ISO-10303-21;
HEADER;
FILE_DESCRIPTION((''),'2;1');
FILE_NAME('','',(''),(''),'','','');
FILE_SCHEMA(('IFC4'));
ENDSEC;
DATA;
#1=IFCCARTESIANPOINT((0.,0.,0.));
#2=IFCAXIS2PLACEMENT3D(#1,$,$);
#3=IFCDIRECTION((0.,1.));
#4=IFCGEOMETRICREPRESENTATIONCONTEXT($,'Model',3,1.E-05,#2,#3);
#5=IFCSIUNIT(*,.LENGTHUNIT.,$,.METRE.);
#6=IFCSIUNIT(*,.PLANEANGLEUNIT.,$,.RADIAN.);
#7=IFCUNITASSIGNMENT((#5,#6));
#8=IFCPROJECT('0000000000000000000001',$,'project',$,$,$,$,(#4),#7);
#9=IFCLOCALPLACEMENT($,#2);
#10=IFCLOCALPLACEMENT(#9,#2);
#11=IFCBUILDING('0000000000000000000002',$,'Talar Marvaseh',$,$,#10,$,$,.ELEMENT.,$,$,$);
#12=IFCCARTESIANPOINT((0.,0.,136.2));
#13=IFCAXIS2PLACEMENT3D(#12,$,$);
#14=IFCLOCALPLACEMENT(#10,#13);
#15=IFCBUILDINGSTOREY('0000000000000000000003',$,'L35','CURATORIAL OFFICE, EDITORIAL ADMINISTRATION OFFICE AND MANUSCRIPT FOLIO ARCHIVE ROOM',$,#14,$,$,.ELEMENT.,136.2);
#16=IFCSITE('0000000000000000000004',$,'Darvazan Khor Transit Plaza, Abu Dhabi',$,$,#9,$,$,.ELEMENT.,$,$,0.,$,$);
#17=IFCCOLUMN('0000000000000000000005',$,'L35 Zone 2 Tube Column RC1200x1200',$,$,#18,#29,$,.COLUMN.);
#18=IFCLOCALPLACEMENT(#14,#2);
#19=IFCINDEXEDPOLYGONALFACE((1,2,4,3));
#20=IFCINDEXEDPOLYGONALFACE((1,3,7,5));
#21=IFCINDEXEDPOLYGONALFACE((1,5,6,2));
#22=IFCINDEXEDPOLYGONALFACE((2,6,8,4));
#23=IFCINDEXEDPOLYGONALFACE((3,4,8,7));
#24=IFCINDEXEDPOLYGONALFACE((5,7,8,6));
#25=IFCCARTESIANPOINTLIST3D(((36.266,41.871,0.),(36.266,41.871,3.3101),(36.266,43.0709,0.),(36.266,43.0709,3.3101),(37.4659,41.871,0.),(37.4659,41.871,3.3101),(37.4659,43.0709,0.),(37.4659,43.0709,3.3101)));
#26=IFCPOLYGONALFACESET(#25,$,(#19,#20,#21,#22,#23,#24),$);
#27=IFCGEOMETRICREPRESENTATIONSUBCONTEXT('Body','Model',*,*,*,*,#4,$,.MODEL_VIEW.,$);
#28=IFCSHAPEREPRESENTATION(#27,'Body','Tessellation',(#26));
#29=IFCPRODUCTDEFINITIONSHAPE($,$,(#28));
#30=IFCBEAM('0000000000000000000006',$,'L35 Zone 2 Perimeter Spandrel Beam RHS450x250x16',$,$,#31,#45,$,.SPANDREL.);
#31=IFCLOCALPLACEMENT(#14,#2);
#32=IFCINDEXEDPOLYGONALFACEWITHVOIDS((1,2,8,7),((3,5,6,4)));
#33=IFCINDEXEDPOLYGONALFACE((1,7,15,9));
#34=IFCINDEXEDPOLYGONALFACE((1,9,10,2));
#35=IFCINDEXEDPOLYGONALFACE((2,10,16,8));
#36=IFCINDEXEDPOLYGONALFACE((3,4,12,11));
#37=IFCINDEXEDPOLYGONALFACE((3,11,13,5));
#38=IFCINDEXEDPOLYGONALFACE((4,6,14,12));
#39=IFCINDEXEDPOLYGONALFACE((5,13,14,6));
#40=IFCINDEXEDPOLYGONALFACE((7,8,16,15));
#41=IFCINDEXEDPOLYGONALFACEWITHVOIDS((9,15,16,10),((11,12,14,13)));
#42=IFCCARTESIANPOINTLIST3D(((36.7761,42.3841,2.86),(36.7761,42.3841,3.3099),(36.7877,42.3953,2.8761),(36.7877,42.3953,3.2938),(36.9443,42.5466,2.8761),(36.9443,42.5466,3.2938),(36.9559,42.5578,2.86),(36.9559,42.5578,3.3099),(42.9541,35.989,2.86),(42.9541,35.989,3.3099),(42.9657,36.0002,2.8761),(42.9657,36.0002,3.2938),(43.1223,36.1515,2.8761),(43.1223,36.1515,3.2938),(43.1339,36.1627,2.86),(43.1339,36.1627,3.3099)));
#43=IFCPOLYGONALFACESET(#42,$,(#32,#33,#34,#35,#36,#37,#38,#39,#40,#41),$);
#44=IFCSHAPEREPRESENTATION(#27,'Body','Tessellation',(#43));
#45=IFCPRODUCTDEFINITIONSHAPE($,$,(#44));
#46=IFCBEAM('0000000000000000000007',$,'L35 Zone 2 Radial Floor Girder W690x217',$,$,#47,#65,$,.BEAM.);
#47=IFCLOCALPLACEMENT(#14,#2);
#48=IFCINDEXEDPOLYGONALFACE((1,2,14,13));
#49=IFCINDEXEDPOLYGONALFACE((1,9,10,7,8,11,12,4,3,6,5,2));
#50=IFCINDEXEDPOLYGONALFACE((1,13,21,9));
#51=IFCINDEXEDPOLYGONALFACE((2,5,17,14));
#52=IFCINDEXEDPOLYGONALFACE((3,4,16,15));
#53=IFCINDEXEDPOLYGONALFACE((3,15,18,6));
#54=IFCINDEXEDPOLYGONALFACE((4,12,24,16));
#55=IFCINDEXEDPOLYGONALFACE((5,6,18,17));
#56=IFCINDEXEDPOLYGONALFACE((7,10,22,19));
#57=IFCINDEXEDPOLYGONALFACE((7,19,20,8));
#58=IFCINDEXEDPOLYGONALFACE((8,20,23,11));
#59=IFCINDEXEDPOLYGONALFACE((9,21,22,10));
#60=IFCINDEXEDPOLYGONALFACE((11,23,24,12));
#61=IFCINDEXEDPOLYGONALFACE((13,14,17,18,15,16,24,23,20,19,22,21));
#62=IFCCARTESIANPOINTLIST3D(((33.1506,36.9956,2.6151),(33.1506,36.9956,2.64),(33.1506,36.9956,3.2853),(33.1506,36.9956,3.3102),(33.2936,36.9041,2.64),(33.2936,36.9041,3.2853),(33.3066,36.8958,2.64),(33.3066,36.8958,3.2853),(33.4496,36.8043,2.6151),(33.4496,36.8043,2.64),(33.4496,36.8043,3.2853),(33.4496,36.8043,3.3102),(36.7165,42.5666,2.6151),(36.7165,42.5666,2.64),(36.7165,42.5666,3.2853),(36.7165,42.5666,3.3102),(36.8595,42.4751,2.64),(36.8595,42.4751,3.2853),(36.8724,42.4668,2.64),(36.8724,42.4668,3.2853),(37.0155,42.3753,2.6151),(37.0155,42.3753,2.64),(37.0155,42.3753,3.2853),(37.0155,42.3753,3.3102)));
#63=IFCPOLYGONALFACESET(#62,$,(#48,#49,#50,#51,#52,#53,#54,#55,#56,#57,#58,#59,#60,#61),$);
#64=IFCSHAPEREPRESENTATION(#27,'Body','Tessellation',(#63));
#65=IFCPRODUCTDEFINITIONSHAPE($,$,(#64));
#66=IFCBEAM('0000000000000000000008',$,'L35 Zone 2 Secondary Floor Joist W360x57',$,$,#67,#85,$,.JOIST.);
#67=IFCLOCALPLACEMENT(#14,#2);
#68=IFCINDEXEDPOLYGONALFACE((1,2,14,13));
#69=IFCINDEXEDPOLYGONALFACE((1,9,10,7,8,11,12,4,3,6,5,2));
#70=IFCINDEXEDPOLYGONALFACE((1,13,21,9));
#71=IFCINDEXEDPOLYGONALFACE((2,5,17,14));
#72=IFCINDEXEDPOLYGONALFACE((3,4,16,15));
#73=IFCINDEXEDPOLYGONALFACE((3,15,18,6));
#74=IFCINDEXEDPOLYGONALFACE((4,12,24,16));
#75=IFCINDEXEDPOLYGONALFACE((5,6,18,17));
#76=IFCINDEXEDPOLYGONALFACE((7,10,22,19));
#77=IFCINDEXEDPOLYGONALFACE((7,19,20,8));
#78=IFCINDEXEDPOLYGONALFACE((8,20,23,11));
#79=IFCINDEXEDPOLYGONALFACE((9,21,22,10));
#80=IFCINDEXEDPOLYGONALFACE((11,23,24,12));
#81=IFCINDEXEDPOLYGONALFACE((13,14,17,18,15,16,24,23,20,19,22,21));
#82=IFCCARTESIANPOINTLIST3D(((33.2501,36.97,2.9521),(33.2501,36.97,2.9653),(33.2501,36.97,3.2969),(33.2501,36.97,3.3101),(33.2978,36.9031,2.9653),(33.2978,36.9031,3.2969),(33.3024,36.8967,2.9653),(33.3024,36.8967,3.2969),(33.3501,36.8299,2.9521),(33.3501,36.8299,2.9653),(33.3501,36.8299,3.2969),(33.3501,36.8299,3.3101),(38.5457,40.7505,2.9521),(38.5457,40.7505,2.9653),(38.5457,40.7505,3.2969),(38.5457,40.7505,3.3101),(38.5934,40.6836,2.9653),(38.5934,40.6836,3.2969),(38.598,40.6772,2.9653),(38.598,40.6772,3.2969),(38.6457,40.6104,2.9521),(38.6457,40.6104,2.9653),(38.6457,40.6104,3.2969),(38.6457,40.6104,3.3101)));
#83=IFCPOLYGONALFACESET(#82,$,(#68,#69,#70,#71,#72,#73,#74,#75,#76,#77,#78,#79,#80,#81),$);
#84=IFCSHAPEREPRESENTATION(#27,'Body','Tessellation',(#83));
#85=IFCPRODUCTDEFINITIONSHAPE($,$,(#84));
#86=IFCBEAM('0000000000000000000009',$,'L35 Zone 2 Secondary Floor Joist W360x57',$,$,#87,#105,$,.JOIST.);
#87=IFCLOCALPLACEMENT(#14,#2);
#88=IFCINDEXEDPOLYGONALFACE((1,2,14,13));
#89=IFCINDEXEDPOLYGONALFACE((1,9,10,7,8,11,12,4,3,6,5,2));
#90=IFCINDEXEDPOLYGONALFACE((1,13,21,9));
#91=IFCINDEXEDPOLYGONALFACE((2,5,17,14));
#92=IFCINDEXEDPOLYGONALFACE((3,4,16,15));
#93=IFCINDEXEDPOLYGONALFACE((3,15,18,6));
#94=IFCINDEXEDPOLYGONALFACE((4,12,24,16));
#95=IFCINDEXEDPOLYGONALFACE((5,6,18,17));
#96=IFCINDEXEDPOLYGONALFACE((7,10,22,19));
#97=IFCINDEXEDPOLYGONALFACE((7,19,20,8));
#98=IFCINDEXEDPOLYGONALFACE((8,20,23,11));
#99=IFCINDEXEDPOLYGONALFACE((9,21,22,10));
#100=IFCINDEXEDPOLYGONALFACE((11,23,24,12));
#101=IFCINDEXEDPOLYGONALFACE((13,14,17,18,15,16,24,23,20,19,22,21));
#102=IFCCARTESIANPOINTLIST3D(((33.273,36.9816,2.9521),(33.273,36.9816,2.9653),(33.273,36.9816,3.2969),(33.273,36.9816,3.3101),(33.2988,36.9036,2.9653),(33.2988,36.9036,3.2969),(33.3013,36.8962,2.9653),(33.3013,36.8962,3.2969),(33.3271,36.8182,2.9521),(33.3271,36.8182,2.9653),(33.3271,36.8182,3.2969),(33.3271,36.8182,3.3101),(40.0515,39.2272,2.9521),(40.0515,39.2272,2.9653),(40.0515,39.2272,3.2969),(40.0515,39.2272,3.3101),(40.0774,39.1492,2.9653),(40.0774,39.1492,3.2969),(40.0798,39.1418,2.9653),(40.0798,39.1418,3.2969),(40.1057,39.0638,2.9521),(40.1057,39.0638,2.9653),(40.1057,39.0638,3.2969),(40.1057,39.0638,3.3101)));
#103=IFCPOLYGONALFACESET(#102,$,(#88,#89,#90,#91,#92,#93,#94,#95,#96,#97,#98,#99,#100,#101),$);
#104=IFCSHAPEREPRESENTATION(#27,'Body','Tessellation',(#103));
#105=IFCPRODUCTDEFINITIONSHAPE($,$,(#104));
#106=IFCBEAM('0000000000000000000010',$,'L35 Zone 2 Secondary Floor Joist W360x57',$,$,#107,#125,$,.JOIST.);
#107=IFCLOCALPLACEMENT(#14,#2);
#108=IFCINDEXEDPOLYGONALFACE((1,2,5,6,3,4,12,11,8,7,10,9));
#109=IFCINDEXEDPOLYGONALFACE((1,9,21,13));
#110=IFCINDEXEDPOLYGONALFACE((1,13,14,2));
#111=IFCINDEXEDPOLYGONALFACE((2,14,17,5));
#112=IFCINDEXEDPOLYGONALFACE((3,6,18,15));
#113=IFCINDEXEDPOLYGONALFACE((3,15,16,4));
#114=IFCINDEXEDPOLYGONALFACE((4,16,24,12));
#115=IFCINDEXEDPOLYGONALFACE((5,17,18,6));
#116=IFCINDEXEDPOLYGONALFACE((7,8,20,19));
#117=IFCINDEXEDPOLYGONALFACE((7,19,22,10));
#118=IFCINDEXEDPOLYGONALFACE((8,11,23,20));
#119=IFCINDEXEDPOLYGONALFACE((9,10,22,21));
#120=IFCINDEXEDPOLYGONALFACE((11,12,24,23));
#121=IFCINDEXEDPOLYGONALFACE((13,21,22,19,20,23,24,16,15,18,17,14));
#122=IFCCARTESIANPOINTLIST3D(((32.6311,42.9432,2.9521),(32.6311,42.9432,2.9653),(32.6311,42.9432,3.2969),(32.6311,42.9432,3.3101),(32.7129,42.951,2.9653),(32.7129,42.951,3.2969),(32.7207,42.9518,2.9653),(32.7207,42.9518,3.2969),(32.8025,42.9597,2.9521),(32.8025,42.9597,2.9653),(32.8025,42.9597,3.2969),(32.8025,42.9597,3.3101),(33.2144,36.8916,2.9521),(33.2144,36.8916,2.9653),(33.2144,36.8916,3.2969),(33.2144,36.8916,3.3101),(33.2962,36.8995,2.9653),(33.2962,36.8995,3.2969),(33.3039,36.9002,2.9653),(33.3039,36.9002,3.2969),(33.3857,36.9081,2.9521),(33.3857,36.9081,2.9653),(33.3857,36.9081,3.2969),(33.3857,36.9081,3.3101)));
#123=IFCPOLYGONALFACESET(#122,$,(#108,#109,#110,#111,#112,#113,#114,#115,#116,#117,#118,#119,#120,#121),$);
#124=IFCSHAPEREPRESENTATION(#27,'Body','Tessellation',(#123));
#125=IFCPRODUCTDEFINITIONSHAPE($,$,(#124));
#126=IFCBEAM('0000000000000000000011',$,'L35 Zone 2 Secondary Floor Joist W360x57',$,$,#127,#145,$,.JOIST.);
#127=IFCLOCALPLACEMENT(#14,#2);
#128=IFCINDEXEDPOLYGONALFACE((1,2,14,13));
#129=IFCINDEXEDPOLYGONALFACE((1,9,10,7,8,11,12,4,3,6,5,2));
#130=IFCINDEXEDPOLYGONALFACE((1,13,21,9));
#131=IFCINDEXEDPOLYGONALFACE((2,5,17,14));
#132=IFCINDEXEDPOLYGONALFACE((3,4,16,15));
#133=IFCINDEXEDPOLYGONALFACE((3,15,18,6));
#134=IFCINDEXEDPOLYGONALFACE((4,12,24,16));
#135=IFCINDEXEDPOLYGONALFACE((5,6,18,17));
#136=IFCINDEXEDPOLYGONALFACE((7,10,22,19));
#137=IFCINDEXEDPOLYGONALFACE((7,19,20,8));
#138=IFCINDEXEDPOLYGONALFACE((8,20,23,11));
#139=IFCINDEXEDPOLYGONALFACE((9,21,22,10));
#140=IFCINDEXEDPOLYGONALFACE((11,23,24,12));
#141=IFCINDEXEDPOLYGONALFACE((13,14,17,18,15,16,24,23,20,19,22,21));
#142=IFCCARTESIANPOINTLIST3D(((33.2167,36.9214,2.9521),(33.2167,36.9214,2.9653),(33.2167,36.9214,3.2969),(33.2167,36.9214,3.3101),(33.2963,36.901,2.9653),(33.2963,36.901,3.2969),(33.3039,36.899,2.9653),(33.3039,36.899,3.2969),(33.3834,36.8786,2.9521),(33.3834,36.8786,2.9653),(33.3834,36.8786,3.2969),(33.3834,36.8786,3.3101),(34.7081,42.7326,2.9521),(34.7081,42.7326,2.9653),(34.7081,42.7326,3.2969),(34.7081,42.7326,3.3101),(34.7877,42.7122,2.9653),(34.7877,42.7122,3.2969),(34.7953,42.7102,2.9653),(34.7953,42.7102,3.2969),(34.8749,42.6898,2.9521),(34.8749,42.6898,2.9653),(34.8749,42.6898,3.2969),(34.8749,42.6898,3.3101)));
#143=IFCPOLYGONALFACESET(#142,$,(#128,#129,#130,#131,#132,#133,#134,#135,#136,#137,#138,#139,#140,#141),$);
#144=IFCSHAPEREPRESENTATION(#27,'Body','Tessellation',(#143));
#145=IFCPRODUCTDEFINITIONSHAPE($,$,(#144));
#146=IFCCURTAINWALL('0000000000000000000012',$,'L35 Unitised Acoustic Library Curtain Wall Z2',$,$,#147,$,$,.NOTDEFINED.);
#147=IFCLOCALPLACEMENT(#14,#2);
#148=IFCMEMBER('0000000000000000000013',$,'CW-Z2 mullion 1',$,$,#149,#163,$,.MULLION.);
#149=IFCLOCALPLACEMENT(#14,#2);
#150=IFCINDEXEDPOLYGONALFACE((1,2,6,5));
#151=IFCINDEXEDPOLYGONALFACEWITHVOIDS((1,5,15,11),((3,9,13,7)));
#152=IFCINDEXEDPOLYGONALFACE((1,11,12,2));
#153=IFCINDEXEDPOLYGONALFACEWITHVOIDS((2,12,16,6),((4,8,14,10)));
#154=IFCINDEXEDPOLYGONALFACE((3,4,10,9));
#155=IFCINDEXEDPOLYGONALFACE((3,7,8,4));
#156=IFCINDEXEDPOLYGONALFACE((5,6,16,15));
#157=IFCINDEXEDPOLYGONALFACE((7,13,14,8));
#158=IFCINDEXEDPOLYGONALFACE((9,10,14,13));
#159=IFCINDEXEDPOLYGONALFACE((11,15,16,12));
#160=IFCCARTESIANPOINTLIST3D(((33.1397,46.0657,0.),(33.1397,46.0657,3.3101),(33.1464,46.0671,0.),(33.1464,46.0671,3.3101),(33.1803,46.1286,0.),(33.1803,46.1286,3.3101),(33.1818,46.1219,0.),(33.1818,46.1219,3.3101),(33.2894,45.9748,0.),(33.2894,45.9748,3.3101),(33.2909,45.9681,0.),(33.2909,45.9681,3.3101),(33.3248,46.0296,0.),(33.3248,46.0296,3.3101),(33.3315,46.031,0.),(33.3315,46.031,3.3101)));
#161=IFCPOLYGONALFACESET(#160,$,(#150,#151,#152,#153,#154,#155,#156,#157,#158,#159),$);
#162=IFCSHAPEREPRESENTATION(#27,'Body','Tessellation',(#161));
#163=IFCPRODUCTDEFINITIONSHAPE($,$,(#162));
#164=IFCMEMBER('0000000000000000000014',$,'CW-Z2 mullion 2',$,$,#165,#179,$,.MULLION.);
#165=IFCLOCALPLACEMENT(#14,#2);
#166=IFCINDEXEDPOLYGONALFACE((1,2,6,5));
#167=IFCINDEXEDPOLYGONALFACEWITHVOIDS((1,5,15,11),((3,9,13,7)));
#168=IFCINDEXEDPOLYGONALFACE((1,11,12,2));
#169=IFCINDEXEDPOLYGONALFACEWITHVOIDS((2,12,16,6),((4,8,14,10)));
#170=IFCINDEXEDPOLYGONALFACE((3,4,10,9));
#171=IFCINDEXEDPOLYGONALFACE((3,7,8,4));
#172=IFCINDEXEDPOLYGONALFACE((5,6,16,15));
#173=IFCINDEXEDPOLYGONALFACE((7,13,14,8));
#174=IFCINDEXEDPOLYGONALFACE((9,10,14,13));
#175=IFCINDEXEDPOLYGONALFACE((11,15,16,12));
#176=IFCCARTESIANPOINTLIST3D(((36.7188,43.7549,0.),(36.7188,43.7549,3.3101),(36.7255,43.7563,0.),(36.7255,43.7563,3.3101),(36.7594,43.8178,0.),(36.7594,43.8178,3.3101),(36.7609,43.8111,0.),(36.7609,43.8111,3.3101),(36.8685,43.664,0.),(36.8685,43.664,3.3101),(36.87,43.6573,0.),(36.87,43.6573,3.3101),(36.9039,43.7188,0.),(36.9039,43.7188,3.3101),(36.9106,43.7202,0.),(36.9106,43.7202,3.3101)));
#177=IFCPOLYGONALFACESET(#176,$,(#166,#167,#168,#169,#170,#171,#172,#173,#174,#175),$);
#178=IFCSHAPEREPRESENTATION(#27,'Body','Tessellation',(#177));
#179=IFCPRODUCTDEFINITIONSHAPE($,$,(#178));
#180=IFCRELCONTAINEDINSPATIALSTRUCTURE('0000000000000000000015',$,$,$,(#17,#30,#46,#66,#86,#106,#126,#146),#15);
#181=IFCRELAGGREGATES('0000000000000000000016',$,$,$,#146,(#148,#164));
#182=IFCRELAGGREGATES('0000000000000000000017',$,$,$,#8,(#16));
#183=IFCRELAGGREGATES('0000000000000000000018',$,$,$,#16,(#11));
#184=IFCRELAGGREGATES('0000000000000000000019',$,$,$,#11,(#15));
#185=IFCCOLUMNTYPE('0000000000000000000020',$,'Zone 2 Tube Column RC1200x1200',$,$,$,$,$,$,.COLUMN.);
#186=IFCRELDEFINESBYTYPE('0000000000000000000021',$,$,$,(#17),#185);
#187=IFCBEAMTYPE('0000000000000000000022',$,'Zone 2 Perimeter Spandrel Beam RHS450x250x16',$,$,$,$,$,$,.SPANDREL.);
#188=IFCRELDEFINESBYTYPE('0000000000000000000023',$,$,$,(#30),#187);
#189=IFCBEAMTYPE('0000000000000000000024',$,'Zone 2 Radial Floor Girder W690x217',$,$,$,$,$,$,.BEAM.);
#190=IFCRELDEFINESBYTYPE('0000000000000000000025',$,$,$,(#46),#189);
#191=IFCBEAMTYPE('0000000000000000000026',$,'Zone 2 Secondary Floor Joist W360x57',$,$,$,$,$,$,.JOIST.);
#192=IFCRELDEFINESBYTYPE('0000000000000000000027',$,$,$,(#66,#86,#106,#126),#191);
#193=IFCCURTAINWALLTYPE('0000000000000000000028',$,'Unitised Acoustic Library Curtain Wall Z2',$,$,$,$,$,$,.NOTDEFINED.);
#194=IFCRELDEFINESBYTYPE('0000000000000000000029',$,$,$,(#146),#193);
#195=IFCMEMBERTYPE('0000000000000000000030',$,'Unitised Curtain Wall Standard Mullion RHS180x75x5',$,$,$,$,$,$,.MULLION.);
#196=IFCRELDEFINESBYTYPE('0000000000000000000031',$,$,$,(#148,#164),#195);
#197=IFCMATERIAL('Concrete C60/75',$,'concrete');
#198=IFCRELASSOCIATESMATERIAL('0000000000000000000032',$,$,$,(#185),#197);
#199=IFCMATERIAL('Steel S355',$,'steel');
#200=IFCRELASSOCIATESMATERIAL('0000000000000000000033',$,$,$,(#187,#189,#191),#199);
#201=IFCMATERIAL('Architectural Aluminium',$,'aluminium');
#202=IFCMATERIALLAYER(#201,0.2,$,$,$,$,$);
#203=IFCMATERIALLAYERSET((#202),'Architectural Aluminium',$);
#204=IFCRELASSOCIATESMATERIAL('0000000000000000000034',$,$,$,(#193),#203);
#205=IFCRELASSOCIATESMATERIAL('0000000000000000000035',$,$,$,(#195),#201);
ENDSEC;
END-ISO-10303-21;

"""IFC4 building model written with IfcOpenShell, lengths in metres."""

from ifc_helpers import new_model, si_unit, direction, frame, origin, origin_2d, place, context, subcontext, project, spatial, rectangle, hollow_rectangle, i_section, extrude, source, transform, mapped, material, layer, layer_set, material_profile, profile_set, type_object, type_shapes, element, aggregate, save


model = new_model("IFC4")

# Units and contexts
model_context = context("Model", 3, precision=1e-05, world=origin(), true_north=direction((0.0, 1.0)))
body_context = subcontext(model_context, "Body", "Model", "MODEL_VIEW")
ifc_project = project(units=[si_unit("LENGTHUNIT", "METRE"), si_unit("PLANEANGLEUNIT", "RADIAN")], contexts=[model_context])

# Site, building, storey
site_placement = place(None, origin())
site = spatial("IfcSite", under=ifc_project, at=site_placement, Name="Darvazan Khor Transit Plaza, Abu Dhabi", CompositionType="ELEMENT", RefElevation=0.0)
building_placement = place(site_placement, origin())
building = spatial("IfcBuilding", under=site, at=building_placement, Name="Talar Marvaseh", CompositionType="ELEMENT")
storey_placement = place(building_placement, frame((0.0, 0.0, 136.2)))
storey = spatial("IfcBuildingStorey", under=building, at=storey_placement, Name="L35", Description="CURATORIAL OFFICE, EDITORIAL ADMINISTRATION OFFICE AND MANUSCRIPT FOLIO ARCHIVE ROOM", CompositionType="ELEMENT", Elevation=136.2)

# Column
ifc_material_1 = material(Name="Concrete C60/75", Category="concrete")
ifc_material_profile_1 = material_profile(ifc_material_1, rectangle(XDim=1.2, YDim=1.2, at=origin_2d()), Name="RC1200x1200")
ifc_profile_set_1 = profile_set([ifc_material_profile_1], Name="Concrete C60/75")
column_type = type_object("IfcColumnType", Name="Zone 2 Tube Column RC1200x1200", PredefinedType="COLUMN", material=ifc_profile_set_1)
column_placement = place(storey_placement, frame((36.866, 42.4709, 0.0), z_axis=(0.0, 0.0, 1.0), x_axis=(1.0, 0.0, 0.0)))
element("IfcColumn", 1, at=column_placement, inside=storey, type_object=column_type, Name="L35 Zone 2 Tube Column RC1200x1200", PredefinedType="COLUMN", context=body_context, shape_type="SweptSolid", body=[
    extrude(rectangle(XDim=1.2, YDim=1.2, at=origin_2d()), origin(), (0.0, 0.0, 1.0), 3.3101),
])

# Beams
ifc_material_2 = material(Name="Steel S355", Category="steel")
ifc_material_profile_2 = material_profile(ifc_material_2, hollow_rectangle(XDim=0.25, YDim=0.45, WallThickness=0.0161, at=origin_2d()), Name="RHS450x250x16")
ifc_profile_set_2 = profile_set([ifc_material_profile_2], Name="Steel S355")
beam_type_1 = type_object("IfcBeamType", Name="Zone 2 Perimeter Spandrel Beam RHS450x250x16", PredefinedType="SPANDREL", material=ifc_profile_set_2)
beam_1_placement = place(storey_placement, frame((36.866, 42.4709, 3.085), z_axis=(0.694797, -0.719206, 0.0), x_axis=(0.719206, 0.694797, 0.0)))
element("IfcBeam", 2, at=beam_1_placement, inside=storey, type_object=beam_type_1, Name="L35 Zone 2 Perimeter Spandrel Beam RHS450x250x16", PredefinedType="SPANDREL", context=body_context, shape_type="SweptSolid", body=[
    extrude(hollow_rectangle(XDim=0.25, YDim=0.45, WallThickness=0.0161, at=origin_2d()), origin(), (0.0, 0.0, 1.0), 8.8918),
])
ifc_material_profile_3 = material_profile(ifc_material_2, i_section(OverallWidth=0.355, OverallDepth=0.6951, WebThickness=0.0154, FlangeThickness=0.0249, at=origin_2d()), Name="W690x217")
ifc_profile_set_3 = profile_set([ifc_material_profile_3], Name="Steel S355")
beam_type_2 = type_object("IfcBeamType", Name="Zone 2 Radial Floor Girder W690x217", PredefinedType="BEAM", material=ifc_profile_set_3)
beam_2_placement = place(storey_placement, frame((36.866, 42.4709, 2.9626), z_axis=(-0.539102, -0.842241, 0.0), x_axis=(0.842241, -0.539102, 0.0)))
element("IfcBeam", 3, at=beam_2_placement, inside=storey, type_object=beam_type_2, Name="L35 Zone 2 Radial Floor Girder W690x217", PredefinedType="BEAM", context=body_context, shape_type="SweptSolid", body=[
    extrude(i_section(OverallWidth=0.355, OverallDepth=0.6951, WebThickness=0.0154, FlangeThickness=0.0249, at=origin_2d()), origin(), (0.0, 0.0, 1.0), 6.6145),
])
ifc_material_profile_4 = material_profile(ifc_material_2, i_section(OverallWidth=0.1721, OverallDepth=0.3579, WebThickness=0.0078, FlangeThickness=0.0132, at=origin_2d()), Name="W360x57")
ifc_profile_set_4 = profile_set([ifc_material_profile_4], Name="Steel S355")
beam_type_3 = type_object("IfcBeamType", Name="Zone 2 Secondary Floor Joist W360x57", PredefinedType="JOIST", material=ifc_profile_set_4)
beam_3_placement = place(storey_placement, frame((38.5957, 40.6804, 3.1311), z_axis=(-0.813886, -0.581025, 0.0), x_axis=(0.581025, -0.813886, 0.0)))
element("IfcBeam", 4, at=beam_3_placement, inside=storey, type_object=beam_type_3, Name="L35 Zone 2 Secondary Floor Joist W360x57", PredefinedType="JOIST", context=body_context, shape_type="SweptSolid", body=[
    extrude(i_section(OverallWidth=0.1721, OverallDepth=0.3579, WebThickness=0.0078, FlangeThickness=0.0132, at=origin_2d()), origin(), (0.0, 0.0, 1.0), 6.5066),
])
beam_4_placement = place(storey_placement, frame((40.0786, 39.1455, 3.1311), z_axis=(-0.949266, -0.314473, 0.0), x_axis=(0.314473, -0.949266, 0.0)))
element("IfcBeam", 5, at=beam_4_placement, inside=storey, type_object=beam_type_3, Name="L35 Zone 2 Secondary Floor Joist W360x57", PredefinedType="JOIST", context=body_context, shape_type="SweptSolid", body=[
    extrude(i_section(OverallWidth=0.1721, OverallDepth=0.3579, WebThickness=0.0078, FlangeThickness=0.0132, at=origin_2d()), origin(), (0.0, 0.0, 1.0), 7.1409),
])
beam_5_placement = place(storey_placement, frame((32.7168, 42.9514, 3.1311), z_axis=(0.095937, -0.995387, 0.0), x_axis=(0.995387, 0.095937, 0.0)))
element("IfcBeam", 6, at=beam_5_placement, inside=storey, type_object=beam_type_3, Name="L35 Zone 2 Secondary Floor Joist W360x57", PredefinedType="JOIST", context=body_context, shape_type="SweptSolid", body=[
    extrude(i_section(OverallWidth=0.1721, OverallDepth=0.3579, WebThickness=0.0078, FlangeThickness=0.0132, at=origin_2d()), origin(), (0.0, 0.0, 1.0), 6.0796),
])
beam_6_placement = place(storey_placement, frame((34.7915, 42.7112, 3.1311), z_axis=(-0.248592, -0.968608, 0.0), x_axis=(0.968608, -0.248592, 0.0)))
element("IfcBeam", 7, at=beam_6_placement, inside=storey, type_object=beam_type_3, Name="L35 Zone 2 Secondary Floor Joist W360x57", PredefinedType="JOIST", context=body_context, shape_type="SweptSolid", body=[
    extrude(i_section(OverallWidth=0.1721, OverallDepth=0.3579, WebThickness=0.0078, FlangeThickness=0.0132, at=origin_2d()), origin(), (0.0, 0.0, 1.0), 5.9995),
])

# Curtain wall, members
ifc_material_3 = material(Name="Architectural Aluminium", Category="aluminium")
ifc_layer_1 = layer(ifc_material_3, 0.2)
ifc_layer_set_1 = layer_set([ifc_layer_1], Name="Architectural Aluminium")
curtain_wall_type = type_object("IfcCurtainWallType", Name="Unitised Acoustic Library Curtain Wall Z2", PredefinedType="NOTDEFINED", material=ifc_layer_set_1)
curtain_wall_placement = place(storey_placement, origin())
curtain_wall = element("IfcCurtainWall", 8, at=curtain_wall_placement, inside=storey, type_object=curtain_wall_type, Name="L35 Unitised Acoustic Library Curtain Wall Z2", PredefinedType="NOTDEFINED")
ifc_material_profile_5 = material_profile(ifc_material_3, hollow_rectangle(XDim=0.075, YDim=0.1799, WallThickness=0.0049, at=origin_2d()), Name="RHS180x75x5")
ifc_profile_set_5 = profile_set([ifc_material_profile_5], Name="Architectural Aluminium")
member_type_1 = type_object("IfcMemberType", Name="Unitised Curtain Wall Standard Mullion RHS180x75x5", PredefinedType="MULLION", material=ifc_profile_set_5)
shared_shape_1 = source(origin(), body_context, "Body", "SweptSolid", [
    extrude(hollow_rectangle(XDim=0.075, YDim=0.1799, WallThickness=0.0049, at=origin_2d()), origin(), (0.0, 0.0, 1.0), 3.3101),
])
type_shapes(member_type_1, [shared_shape_1])
member_1_placement = place(storey_placement, frame((33.2356, 46.0483, 0.0), z_axis=(0.0, 0.0, 1.0), x_axis=(0.542386, 0.840129, 0.0)))
member_1 = element("IfcMember", 9, at=member_1_placement, type_object=member_type_1, Name="CW-Z2 mullion 1", PredefinedType="MULLION", context=body_context, shape_type="MappedRepresentation", body=[
    mapped(shared_shape_1, transform((0.0, 0.0, 0.0), x_axis=(1.0, 0.0, 0.0), y_axis=(0.0, 1.0, 0.0), z_axis=(0.0, 0.0, 1.0), scale=1.0)),
])
member_2_placement = place(storey_placement, frame((36.8147, 43.7375, 0.0), z_axis=(0.0, 0.0, 1.0), x_axis=(0.542386, 0.840129, 0.0)))
member_2 = element("IfcMember", 10, at=member_2_placement, type_object=member_type_1, Name="CW-Z2 mullion 2", PredefinedType="MULLION", context=body_context, shape_type="MappedRepresentation", body=[
    mapped(shared_shape_1, transform((0.0, 0.0, 0.0), x_axis=(1.0, 0.0, 0.0), y_axis=(0.0, 1.0, 0.0), z_axis=(0.0, 0.0, 1.0), scale=1.0)),
])
aggregate(curtain_wall, [member_1, member_2])

save(model, "model.ifc")
